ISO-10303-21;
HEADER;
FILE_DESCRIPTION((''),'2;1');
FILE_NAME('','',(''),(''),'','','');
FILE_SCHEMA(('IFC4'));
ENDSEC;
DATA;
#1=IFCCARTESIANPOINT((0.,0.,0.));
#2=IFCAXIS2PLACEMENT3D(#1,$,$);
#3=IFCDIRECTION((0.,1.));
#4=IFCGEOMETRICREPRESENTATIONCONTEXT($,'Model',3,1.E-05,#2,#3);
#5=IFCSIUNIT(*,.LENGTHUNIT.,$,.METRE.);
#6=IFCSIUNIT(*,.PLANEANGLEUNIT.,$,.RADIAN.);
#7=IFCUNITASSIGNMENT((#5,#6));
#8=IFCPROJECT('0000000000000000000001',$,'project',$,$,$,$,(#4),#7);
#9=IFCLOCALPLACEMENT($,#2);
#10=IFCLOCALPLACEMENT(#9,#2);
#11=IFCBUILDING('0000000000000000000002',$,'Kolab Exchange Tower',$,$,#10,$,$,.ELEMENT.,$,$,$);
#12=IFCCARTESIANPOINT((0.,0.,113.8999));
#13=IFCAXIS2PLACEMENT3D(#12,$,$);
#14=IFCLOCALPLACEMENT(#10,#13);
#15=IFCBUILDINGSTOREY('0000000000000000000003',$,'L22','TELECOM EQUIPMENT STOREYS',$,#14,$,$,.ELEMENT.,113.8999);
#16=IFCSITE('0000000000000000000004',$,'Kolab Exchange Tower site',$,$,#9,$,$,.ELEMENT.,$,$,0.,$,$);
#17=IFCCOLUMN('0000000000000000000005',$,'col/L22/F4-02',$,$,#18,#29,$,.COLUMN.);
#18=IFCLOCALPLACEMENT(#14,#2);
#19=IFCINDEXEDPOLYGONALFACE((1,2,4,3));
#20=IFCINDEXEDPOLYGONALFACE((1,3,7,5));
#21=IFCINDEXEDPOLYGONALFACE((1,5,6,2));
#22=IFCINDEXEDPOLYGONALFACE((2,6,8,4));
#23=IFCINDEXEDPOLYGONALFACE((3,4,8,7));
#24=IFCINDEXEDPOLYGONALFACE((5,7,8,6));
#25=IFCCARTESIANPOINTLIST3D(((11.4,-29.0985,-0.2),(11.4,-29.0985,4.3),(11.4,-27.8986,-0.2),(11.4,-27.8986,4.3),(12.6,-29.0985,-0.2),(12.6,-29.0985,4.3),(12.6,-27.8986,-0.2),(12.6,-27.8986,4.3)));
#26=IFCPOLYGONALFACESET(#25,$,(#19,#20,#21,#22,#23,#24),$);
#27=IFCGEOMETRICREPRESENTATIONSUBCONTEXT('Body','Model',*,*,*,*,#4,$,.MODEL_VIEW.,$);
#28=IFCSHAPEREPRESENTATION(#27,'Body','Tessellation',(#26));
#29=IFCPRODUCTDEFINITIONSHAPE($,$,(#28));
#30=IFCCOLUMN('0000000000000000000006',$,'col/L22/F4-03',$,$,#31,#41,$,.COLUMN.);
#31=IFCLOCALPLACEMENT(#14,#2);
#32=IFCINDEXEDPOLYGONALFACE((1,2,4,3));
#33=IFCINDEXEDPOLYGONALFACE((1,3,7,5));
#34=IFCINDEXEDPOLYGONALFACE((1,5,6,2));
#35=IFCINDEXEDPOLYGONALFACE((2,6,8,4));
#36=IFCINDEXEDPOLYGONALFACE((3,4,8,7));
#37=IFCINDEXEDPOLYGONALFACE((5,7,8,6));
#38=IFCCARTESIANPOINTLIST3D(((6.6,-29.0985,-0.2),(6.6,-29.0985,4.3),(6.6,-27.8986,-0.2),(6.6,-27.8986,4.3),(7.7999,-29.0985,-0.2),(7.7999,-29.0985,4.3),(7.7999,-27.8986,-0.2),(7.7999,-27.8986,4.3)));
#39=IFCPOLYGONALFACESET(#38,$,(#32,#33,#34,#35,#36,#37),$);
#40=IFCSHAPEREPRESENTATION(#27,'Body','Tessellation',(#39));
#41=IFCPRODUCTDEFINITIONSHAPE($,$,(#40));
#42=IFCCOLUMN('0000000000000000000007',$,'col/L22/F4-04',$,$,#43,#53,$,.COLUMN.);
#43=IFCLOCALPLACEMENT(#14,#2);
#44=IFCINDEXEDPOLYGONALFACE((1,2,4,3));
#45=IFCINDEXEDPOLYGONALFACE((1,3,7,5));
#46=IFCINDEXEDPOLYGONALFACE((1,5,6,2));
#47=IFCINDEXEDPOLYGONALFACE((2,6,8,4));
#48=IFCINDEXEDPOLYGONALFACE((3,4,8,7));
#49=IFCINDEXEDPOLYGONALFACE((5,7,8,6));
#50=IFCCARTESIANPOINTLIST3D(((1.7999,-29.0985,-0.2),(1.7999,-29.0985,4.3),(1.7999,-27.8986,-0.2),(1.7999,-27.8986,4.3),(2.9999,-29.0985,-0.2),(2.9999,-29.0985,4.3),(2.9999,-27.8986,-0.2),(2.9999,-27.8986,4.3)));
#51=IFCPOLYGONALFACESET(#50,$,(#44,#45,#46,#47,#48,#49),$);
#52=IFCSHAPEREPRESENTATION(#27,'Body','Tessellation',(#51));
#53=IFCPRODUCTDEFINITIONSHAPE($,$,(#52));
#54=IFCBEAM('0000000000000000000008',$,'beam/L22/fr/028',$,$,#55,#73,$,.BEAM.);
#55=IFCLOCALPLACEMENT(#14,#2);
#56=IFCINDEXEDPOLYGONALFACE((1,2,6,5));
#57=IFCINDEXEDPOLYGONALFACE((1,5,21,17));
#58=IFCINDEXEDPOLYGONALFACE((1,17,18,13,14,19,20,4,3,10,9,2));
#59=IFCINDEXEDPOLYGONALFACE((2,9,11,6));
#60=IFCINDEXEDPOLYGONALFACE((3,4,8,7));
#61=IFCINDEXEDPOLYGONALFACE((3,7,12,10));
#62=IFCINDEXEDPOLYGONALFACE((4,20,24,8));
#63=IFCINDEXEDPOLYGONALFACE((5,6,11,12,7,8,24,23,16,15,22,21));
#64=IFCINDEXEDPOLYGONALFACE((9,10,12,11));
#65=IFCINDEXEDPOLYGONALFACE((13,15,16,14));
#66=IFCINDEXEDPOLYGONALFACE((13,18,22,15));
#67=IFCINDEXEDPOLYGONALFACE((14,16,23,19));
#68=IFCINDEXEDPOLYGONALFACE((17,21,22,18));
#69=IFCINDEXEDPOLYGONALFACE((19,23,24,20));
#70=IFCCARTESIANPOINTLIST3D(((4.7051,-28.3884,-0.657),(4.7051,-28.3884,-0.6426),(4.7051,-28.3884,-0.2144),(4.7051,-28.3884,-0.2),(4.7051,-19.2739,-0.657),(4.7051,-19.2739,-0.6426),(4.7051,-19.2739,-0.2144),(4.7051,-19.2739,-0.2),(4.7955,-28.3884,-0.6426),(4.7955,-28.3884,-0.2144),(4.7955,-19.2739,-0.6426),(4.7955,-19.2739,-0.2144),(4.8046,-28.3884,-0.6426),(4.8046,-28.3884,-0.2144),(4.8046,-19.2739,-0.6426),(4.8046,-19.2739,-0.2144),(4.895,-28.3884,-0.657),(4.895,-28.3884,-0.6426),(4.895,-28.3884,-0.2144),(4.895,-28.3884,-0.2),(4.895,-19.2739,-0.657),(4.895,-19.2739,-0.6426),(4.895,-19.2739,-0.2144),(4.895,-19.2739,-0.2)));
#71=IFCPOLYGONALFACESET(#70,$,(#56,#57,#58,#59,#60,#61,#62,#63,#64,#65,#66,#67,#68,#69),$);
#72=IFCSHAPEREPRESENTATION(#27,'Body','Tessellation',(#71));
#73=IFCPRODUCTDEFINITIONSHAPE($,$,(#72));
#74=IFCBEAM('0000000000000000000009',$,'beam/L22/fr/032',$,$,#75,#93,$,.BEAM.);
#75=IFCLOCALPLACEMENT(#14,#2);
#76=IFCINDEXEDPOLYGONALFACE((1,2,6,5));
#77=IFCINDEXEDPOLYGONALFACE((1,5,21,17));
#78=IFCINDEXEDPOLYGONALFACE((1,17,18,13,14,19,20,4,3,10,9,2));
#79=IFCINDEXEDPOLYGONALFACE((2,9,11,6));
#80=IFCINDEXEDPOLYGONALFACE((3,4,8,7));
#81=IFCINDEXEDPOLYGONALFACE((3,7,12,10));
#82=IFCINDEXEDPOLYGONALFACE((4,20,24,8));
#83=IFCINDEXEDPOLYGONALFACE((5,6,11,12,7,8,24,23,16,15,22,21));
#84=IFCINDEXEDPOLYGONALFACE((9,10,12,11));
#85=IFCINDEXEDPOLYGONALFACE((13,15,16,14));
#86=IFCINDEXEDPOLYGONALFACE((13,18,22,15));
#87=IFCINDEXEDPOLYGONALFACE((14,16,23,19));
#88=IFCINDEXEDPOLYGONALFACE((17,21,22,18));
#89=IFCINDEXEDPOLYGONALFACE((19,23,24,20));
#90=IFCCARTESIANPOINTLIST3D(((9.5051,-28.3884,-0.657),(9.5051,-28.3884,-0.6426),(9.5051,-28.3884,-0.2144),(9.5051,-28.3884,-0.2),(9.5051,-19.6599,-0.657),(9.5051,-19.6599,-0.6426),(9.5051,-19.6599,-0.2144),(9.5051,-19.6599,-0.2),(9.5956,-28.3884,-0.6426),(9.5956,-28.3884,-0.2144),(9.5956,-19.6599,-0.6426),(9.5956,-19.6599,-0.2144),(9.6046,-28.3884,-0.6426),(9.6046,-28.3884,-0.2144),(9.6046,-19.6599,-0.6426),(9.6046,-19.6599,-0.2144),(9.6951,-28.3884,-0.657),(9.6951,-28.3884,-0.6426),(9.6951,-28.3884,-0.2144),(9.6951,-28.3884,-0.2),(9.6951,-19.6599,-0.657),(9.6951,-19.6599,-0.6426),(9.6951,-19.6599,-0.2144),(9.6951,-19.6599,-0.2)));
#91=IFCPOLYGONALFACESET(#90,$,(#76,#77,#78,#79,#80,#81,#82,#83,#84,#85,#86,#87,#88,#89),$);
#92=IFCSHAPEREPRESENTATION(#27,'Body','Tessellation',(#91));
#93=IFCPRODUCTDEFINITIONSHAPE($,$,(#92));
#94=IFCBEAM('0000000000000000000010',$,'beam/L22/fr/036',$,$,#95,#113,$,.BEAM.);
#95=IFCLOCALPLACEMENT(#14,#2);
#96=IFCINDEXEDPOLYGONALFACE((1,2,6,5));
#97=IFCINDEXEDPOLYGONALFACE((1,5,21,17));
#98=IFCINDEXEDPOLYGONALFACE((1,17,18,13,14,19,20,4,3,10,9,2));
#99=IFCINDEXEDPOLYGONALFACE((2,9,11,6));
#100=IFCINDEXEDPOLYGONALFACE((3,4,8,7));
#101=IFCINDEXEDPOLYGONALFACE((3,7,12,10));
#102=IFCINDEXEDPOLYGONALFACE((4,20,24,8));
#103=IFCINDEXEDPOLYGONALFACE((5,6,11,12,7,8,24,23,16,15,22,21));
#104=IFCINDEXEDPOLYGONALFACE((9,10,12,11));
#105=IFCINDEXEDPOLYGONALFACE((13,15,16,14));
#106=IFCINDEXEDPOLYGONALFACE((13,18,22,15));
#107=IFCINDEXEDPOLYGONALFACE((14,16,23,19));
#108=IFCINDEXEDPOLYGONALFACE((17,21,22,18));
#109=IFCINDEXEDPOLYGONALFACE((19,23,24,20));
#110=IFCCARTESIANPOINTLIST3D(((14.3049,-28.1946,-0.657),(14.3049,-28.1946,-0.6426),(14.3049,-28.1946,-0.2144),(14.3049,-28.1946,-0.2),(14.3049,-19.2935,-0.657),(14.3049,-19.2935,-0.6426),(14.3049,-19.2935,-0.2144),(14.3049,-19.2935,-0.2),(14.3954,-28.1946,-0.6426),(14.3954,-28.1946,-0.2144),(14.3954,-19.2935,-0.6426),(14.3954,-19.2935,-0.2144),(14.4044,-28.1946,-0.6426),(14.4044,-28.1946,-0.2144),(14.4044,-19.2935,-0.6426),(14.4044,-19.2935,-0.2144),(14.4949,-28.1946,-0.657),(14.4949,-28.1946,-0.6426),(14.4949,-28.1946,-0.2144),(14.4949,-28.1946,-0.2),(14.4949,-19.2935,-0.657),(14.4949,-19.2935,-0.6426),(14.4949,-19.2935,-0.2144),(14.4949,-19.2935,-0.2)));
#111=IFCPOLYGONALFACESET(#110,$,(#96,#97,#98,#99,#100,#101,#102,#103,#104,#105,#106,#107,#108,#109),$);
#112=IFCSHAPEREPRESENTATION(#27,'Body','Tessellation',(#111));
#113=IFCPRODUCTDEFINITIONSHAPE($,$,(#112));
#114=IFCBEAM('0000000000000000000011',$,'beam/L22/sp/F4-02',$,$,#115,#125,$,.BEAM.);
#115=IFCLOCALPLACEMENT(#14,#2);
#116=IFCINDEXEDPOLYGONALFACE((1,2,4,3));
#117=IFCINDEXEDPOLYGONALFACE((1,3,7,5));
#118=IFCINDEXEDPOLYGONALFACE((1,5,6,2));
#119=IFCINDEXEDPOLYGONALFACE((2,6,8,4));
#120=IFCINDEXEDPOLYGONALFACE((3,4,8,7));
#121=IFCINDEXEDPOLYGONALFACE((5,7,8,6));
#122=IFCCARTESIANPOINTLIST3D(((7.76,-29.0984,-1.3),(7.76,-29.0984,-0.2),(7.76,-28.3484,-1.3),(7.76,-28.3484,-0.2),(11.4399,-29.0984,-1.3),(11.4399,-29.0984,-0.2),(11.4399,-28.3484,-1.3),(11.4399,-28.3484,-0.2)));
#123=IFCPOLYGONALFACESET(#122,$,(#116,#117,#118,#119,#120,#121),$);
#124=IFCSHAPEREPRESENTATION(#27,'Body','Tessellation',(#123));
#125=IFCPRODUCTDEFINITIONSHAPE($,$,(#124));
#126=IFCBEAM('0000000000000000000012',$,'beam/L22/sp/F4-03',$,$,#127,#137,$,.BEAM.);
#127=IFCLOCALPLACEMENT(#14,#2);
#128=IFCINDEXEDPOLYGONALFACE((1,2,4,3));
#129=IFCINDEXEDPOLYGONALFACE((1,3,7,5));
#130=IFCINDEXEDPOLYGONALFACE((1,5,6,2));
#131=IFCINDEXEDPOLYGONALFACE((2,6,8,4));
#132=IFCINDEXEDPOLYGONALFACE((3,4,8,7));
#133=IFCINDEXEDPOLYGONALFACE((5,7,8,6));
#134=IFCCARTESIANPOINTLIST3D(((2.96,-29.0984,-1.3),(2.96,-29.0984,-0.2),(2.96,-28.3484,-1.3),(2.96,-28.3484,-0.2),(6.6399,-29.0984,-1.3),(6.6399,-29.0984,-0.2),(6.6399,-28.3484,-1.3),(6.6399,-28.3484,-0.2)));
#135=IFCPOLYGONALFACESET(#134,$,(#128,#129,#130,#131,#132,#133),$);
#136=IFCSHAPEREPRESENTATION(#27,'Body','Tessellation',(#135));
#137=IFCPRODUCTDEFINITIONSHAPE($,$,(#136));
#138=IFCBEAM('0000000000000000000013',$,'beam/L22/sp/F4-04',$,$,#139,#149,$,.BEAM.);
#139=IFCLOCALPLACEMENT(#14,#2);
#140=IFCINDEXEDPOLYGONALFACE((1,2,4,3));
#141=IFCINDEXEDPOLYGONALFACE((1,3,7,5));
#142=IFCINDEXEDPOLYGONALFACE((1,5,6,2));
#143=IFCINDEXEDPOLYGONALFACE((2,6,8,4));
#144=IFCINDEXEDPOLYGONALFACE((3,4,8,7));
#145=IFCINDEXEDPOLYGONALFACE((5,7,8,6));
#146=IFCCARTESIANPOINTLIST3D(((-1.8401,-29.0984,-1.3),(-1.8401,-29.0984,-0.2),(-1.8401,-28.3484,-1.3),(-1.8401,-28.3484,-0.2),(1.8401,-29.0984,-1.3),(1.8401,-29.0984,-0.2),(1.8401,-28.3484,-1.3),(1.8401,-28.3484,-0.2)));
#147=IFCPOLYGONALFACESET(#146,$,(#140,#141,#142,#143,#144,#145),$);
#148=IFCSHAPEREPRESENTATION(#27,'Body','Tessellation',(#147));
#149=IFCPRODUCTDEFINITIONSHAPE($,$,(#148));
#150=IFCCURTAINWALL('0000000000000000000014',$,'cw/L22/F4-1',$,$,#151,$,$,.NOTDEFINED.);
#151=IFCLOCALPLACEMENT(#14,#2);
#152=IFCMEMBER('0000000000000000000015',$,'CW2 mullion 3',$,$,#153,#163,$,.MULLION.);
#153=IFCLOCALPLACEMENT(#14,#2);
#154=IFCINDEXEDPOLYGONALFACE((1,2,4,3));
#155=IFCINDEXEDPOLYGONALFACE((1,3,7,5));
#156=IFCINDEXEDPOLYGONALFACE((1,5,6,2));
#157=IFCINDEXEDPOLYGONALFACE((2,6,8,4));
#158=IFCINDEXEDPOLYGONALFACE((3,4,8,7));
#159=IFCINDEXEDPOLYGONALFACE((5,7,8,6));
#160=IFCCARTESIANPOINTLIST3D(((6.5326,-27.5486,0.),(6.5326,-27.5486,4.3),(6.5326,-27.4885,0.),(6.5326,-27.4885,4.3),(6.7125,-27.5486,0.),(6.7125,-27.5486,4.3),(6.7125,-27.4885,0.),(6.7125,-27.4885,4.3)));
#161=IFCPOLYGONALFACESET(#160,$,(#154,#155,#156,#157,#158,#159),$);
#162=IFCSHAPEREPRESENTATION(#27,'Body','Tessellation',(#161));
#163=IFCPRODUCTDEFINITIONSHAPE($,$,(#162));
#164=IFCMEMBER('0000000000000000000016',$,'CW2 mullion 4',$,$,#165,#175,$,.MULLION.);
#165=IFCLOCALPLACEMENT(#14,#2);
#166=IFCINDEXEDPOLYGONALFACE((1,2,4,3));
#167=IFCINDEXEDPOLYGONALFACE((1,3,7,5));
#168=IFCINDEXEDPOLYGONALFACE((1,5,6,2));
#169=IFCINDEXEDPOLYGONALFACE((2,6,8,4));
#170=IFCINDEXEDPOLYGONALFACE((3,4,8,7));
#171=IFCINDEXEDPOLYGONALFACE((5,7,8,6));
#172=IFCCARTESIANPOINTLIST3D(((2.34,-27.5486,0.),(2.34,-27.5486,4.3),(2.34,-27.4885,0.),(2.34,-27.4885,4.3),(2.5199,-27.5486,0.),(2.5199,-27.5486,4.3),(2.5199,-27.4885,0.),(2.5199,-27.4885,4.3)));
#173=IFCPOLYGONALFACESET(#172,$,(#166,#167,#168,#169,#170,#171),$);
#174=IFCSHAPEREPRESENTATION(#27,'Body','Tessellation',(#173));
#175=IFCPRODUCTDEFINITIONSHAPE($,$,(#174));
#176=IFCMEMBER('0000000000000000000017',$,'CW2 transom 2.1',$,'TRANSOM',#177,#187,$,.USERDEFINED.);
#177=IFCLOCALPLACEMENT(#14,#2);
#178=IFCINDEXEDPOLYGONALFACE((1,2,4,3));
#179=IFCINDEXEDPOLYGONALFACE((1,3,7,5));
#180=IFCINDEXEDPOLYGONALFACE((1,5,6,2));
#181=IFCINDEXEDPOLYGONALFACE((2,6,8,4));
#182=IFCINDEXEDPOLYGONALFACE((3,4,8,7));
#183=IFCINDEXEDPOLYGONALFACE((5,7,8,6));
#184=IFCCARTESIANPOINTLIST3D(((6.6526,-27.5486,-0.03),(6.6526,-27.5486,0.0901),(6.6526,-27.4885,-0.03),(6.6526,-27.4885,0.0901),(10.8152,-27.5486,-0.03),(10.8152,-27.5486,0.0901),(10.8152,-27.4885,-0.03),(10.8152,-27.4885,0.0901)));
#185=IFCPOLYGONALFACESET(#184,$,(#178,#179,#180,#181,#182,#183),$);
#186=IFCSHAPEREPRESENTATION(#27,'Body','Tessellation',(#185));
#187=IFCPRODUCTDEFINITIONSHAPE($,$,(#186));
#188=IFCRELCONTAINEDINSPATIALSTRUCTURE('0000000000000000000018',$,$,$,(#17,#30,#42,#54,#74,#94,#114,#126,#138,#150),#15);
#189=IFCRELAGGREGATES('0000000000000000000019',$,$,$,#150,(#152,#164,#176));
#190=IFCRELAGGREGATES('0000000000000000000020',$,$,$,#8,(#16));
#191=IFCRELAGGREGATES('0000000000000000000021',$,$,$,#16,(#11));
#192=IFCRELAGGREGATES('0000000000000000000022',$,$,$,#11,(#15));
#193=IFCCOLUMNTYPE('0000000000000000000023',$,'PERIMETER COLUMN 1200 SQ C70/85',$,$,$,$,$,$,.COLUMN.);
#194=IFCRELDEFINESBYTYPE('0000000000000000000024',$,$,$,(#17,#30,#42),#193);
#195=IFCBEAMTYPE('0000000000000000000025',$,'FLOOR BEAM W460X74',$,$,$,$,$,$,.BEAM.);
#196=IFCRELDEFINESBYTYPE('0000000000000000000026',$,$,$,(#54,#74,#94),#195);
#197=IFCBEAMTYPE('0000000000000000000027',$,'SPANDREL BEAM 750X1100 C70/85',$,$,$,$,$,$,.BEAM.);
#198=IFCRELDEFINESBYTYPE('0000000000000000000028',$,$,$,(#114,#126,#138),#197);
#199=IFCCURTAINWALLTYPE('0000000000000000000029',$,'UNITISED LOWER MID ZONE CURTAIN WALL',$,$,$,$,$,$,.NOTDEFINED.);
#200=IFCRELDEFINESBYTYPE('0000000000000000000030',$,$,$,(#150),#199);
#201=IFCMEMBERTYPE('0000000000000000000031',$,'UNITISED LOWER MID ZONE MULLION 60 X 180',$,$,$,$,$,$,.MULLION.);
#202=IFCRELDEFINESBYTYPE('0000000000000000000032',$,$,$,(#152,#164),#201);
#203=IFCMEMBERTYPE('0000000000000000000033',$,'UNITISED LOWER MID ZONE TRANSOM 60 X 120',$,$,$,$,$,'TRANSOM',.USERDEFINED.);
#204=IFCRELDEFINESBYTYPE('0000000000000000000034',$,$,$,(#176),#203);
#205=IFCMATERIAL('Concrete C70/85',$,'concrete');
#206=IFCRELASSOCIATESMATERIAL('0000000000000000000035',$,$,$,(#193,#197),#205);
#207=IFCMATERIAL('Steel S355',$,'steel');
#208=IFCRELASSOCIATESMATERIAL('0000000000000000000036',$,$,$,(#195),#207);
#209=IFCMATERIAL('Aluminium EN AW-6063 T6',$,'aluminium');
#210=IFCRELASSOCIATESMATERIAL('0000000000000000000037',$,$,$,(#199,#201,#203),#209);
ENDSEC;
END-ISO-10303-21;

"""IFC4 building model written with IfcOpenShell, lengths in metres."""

from ifc_helpers import new_model, si_unit, direction, frame, origin, origin_2d, place, context, subcontext, project, spatial, rectangle, i_section, extrude, material, material_profile, profile_set, type_object, element, aggregate, save


model = new_model("IFC4")

# Units and contexts
model_context = context("Model", 3, precision=1e-05, world=origin(), true_north=direction((0.0, 1.0)))
body_context = subcontext(model_context, "Body", "Model", "MODEL_VIEW")
ifc_project = project(units=[si_unit("LENGTHUNIT", "METRE"), si_unit("PLANEANGLEUNIT", "RADIAN")], contexts=[model_context])

# Site, building, storey
site_placement = place(None, origin())
site = spatial("IfcSite", under=ifc_project, at=site_placement, Name="Kolab Exchange Tower site", CompositionType="ELEMENT", RefElevation=0.0)
building_placement = place(site_placement, origin())
building = spatial("IfcBuilding", under=site, at=building_placement, Name="Kolab Exchange Tower", CompositionType="ELEMENT")
storey_placement = place(building_placement, frame((0.0, 0.0, 113.8999)))
storey = spatial("IfcBuildingStorey", under=building, at=storey_placement, Name="L22", Description="TELECOM EQUIPMENT STOREYS", CompositionType="ELEMENT", Elevation=113.8999)

# Columns
ifc_material_1 = material(Name="Concrete C70/85", Category="concrete")
ifc_material_profile_1 = material_profile(ifc_material_1, rectangle(XDim=1.2, YDim=1.2, at=origin_2d()), Name="RC1200")
ifc_profile_set_1 = profile_set([ifc_material_profile_1], Name="Concrete C70/85")
column_type = type_object("IfcColumnType", Name="PERIMETER COLUMN 1200 SQ C70/85", PredefinedType="COLUMN", material=ifc_profile_set_1)
for number, where, z_axis, x_axis, name in (
    (1, (12.0, -28.4985, -0.2), (0.0, 0.0, 1.0), (1.0, 0.0, 0.0), "col/L22/F4-02"),
    (2, (7.2, -28.4985, -0.2), (0.0, 0.0, 1.0), (1.0, 0.0, 0.0), "col/L22/F4-03"),
    (3, (2.3999, -28.4985, -0.2), (0.0, 0.0, 1.0), (1.0, 0.0, 0.0), "col/L22/F4-04"),
):
    element("IfcColumn", number, at=place(storey_placement, frame(where, z_axis=z_axis, x_axis=x_axis)), inside=storey, type_object=column_type, Name=name, PredefinedType="COLUMN", context=body_context, shape_type="SweptSolid", body=[
        extrude(rectangle(XDim=1.2, YDim=1.2, at=origin_2d()), origin(), (0.0, 0.0, 1.0), 4.5),
    ])

# Beams
ifc_material_2 = material(Name="Steel S355", Category="steel")
ifc_material_profile_2 = material_profile(ifc_material_2, i_section(OverallWidth=0.1899, OverallDepth=0.457, WebThickness=0.009, FlangeThickness=0.0144, at=origin_2d()), Name="W460X74")
ifc_profile_set_2 = profile_set([ifc_material_profile_2], Name="Steel S355")
beam_type_1 = type_object("IfcBeamType", Name="FLOOR BEAM W460X74", PredefinedType="BEAM", material=ifc_profile_set_2)
beam_1_placement = place(storey_placement, frame((4.8, -28.3884, -0.4285), z_axis=(0.0, 1.0, 0.0), x_axis=(-1.0, 0.0, 0.0)))
element("IfcBeam", 4, at=beam_1_placement, inside=storey, type_object=beam_type_1, Name="beam/L22/fr/028", PredefinedType="BEAM", context=body_context, shape_type="SweptSolid", body=[
    extrude(i_section(OverallWidth=0.1899, OverallDepth=0.457, WebThickness=0.009, FlangeThickness=0.0144, at=origin_2d()), origin(), (0.0, 0.0, 1.0), 9.1145),
])
beam_2_placement = place(storey_placement, frame((9.6001, -28.3884, -0.4285), z_axis=(0.0, 1.0, 0.0), x_axis=(-1.0, 0.0, 0.0)))
element("IfcBeam", 5, at=beam_2_placement, inside=storey, type_object=beam_type_1, Name="beam/L22/fr/032", PredefinedType="BEAM", context=body_context, shape_type="SweptSolid", body=[
    extrude(i_section(OverallWidth=0.1899, OverallDepth=0.457, WebThickness=0.009, FlangeThickness=0.0144, at=origin_2d()), origin(), (0.0, 0.0, 1.0), 8.7285),
])
beam_3_placement = place(storey_placement, frame((14.3999, -28.1946, -0.4285), z_axis=(0.0, 1.0, 0.0), x_axis=(-1.0, 0.0, 0.0)))
element("IfcBeam", 6, at=beam_3_placement, inside=storey, type_object=beam_type_1, Name="beam/L22/fr/036", PredefinedType="BEAM", context=body_context, shape_type="SweptSolid", body=[
    extrude(i_section(OverallWidth=0.1899, OverallDepth=0.457, WebThickness=0.009, FlangeThickness=0.0144, at=origin_2d()), origin(), (0.0, 0.0, 1.0), 8.9011),
])
ifc_material_profile_3 = material_profile(ifc_material_1, rectangle(XDim=0.75, YDim=1.1001, at=origin_2d()), Name="RC750X1100")
ifc_profile_set_3 = profile_set([ifc_material_profile_3], Name="Concrete C70/85")
beam_type_2 = type_object("IfcBeamType", Name="SPANDREL BEAM 750X1100 C70/85", PredefinedType="BEAM", material=ifc_profile_set_3)
for number, where, z_axis, x_axis, name in (
    (7, (11.4399, -28.7234, -0.75), (-1.0, 0.0, 0.0), (0.0, -1.0, 0.0), "beam/L22/sp/F4-02"),
    (8, (6.6399, -28.7234, -0.75), (-1.0, 0.0, 0.0), (0.0, -1.0, 0.0), "beam/L22/sp/F4-03"),
):
    element("IfcBeam", number, at=place(storey_placement, frame(where, z_axis=z_axis, x_axis=x_axis)), inside=storey, type_object=beam_type_2, Name=name, PredefinedType="BEAM", context=body_context, shape_type="SweptSolid", body=[
        extrude(rectangle(XDim=0.75, YDim=1.1001, at=origin_2d()), origin(), (0.0, 0.0, 1.0), 3.6799),
    ])
beam_4_placement = place(storey_placement, frame((1.8401, -28.7234, -0.75), z_axis=(-1.0, 0.0, 0.0), x_axis=(0.0, -1.0, 0.0)))
element("IfcBeam", 9, at=beam_4_placement, inside=storey, type_object=beam_type_2, Name="beam/L22/sp/F4-04", PredefinedType="BEAM", context=body_context, shape_type="SweptSolid", body=[
    extrude(rectangle(XDim=0.75, YDim=1.1001, at=origin_2d()), origin(), (0.0, 0.0, 1.0), 3.6802),
])

# Curtain wall, members
ifc_material_3 = material(Name="Aluminium EN AW-6063 T6", Category="aluminium")
curtain_wall_type = type_object("IfcCurtainWallType", Name="UNITISED LOWER MID ZONE CURTAIN WALL", PredefinedType="NOTDEFINED", material=ifc_material_3)
curtain_wall_placement = place(storey_placement, origin())
curtain_wall = element("IfcCurtainWall", 10, at=curtain_wall_placement, inside=storey, type_object=curtain_wall_type, Name="cw/L22/F4-1", PredefinedType="NOTDEFINED")
ifc_material_profile_4 = material_profile(ifc_material_3, rectangle(XDim=0.0601, YDim=0.1799, at=origin_2d()), Name="RECT 60X180")
ifc_profile_set_4 = profile_set([ifc_material_profile_4], Name="Aluminium EN AW-6063 T6")
member_type_1 = type_object("IfcMemberType", Name="UNITISED LOWER MID ZONE MULLION 60 X 180", PredefinedType="MULLION", material=ifc_profile_set_4)
member_1_placement = place(storey_placement, frame((6.6226, -27.5186, 0.0), z_axis=(0.0, 0.0, 1.0), x_axis=(0.0, -1.0, 0.0)))
member_1 = element("IfcMember", 11, at=member_1_placement, type_object=member_type_1, Name="CW2 mullion 3", PredefinedType="MULLION", context=body_context, shape_type="SweptSolid", body=[
    extrude(rectangle(XDim=0.0601, YDim=0.1799, at=origin_2d()), origin(), (0.0, 0.0, 1.0), 4.3),
])
member_2_placement = place(storey_placement, frame((2.4299, -27.5186, 0.0), z_axis=(0.0, 0.0, 1.0), x_axis=(0.0, -1.0, 0.0)))
member_2 = element("IfcMember", 12, at=member_2_placement, type_object=member_type_1, Name="CW2 mullion 4", PredefinedType="MULLION", context=body_context, shape_type="SweptSolid", body=[
    extrude(rectangle(XDim=0.0601, YDim=0.1799, at=origin_2d()), origin(), (0.0, 0.0, 1.0), 4.3),
])
ifc_material_profile_5 = material_profile(ifc_material_3, rectangle(XDim=0.0601, YDim=0.1201, at=origin_2d()), Name="RECT 60X120")
ifc_profile_set_5 = profile_set([ifc_material_profile_5], Name="Aluminium EN AW-6063 T6")
member_type_2 = type_object("IfcMemberType", Name="UNITISED LOWER MID ZONE TRANSOM 60 X 120", ElementType="TRANSOM", PredefinedType="USERDEFINED", material=ifc_profile_set_5)
member_3_placement = place(storey_placement, frame((10.8152, -27.5186, 0.03), z_axis=(-1.0, 0.0, 0.0), x_axis=(0.0, -1.0, 0.0)))
member_3 = element("IfcMember", 13, at=member_3_placement, type_object=member_type_2, Name="CW2 transom 2.1", ObjectType="TRANSOM", PredefinedType="USERDEFINED", context=body_context, shape_type="SweptSolid", body=[
    extrude(rectangle(XDim=0.0601, YDim=0.1201, at=origin_2d()), origin(), (0.0, 0.0, 1.0), 4.1626),
])
aggregate(curtain_wall, [member_1, member_2, member_3])

save(model, "model.ifc")
